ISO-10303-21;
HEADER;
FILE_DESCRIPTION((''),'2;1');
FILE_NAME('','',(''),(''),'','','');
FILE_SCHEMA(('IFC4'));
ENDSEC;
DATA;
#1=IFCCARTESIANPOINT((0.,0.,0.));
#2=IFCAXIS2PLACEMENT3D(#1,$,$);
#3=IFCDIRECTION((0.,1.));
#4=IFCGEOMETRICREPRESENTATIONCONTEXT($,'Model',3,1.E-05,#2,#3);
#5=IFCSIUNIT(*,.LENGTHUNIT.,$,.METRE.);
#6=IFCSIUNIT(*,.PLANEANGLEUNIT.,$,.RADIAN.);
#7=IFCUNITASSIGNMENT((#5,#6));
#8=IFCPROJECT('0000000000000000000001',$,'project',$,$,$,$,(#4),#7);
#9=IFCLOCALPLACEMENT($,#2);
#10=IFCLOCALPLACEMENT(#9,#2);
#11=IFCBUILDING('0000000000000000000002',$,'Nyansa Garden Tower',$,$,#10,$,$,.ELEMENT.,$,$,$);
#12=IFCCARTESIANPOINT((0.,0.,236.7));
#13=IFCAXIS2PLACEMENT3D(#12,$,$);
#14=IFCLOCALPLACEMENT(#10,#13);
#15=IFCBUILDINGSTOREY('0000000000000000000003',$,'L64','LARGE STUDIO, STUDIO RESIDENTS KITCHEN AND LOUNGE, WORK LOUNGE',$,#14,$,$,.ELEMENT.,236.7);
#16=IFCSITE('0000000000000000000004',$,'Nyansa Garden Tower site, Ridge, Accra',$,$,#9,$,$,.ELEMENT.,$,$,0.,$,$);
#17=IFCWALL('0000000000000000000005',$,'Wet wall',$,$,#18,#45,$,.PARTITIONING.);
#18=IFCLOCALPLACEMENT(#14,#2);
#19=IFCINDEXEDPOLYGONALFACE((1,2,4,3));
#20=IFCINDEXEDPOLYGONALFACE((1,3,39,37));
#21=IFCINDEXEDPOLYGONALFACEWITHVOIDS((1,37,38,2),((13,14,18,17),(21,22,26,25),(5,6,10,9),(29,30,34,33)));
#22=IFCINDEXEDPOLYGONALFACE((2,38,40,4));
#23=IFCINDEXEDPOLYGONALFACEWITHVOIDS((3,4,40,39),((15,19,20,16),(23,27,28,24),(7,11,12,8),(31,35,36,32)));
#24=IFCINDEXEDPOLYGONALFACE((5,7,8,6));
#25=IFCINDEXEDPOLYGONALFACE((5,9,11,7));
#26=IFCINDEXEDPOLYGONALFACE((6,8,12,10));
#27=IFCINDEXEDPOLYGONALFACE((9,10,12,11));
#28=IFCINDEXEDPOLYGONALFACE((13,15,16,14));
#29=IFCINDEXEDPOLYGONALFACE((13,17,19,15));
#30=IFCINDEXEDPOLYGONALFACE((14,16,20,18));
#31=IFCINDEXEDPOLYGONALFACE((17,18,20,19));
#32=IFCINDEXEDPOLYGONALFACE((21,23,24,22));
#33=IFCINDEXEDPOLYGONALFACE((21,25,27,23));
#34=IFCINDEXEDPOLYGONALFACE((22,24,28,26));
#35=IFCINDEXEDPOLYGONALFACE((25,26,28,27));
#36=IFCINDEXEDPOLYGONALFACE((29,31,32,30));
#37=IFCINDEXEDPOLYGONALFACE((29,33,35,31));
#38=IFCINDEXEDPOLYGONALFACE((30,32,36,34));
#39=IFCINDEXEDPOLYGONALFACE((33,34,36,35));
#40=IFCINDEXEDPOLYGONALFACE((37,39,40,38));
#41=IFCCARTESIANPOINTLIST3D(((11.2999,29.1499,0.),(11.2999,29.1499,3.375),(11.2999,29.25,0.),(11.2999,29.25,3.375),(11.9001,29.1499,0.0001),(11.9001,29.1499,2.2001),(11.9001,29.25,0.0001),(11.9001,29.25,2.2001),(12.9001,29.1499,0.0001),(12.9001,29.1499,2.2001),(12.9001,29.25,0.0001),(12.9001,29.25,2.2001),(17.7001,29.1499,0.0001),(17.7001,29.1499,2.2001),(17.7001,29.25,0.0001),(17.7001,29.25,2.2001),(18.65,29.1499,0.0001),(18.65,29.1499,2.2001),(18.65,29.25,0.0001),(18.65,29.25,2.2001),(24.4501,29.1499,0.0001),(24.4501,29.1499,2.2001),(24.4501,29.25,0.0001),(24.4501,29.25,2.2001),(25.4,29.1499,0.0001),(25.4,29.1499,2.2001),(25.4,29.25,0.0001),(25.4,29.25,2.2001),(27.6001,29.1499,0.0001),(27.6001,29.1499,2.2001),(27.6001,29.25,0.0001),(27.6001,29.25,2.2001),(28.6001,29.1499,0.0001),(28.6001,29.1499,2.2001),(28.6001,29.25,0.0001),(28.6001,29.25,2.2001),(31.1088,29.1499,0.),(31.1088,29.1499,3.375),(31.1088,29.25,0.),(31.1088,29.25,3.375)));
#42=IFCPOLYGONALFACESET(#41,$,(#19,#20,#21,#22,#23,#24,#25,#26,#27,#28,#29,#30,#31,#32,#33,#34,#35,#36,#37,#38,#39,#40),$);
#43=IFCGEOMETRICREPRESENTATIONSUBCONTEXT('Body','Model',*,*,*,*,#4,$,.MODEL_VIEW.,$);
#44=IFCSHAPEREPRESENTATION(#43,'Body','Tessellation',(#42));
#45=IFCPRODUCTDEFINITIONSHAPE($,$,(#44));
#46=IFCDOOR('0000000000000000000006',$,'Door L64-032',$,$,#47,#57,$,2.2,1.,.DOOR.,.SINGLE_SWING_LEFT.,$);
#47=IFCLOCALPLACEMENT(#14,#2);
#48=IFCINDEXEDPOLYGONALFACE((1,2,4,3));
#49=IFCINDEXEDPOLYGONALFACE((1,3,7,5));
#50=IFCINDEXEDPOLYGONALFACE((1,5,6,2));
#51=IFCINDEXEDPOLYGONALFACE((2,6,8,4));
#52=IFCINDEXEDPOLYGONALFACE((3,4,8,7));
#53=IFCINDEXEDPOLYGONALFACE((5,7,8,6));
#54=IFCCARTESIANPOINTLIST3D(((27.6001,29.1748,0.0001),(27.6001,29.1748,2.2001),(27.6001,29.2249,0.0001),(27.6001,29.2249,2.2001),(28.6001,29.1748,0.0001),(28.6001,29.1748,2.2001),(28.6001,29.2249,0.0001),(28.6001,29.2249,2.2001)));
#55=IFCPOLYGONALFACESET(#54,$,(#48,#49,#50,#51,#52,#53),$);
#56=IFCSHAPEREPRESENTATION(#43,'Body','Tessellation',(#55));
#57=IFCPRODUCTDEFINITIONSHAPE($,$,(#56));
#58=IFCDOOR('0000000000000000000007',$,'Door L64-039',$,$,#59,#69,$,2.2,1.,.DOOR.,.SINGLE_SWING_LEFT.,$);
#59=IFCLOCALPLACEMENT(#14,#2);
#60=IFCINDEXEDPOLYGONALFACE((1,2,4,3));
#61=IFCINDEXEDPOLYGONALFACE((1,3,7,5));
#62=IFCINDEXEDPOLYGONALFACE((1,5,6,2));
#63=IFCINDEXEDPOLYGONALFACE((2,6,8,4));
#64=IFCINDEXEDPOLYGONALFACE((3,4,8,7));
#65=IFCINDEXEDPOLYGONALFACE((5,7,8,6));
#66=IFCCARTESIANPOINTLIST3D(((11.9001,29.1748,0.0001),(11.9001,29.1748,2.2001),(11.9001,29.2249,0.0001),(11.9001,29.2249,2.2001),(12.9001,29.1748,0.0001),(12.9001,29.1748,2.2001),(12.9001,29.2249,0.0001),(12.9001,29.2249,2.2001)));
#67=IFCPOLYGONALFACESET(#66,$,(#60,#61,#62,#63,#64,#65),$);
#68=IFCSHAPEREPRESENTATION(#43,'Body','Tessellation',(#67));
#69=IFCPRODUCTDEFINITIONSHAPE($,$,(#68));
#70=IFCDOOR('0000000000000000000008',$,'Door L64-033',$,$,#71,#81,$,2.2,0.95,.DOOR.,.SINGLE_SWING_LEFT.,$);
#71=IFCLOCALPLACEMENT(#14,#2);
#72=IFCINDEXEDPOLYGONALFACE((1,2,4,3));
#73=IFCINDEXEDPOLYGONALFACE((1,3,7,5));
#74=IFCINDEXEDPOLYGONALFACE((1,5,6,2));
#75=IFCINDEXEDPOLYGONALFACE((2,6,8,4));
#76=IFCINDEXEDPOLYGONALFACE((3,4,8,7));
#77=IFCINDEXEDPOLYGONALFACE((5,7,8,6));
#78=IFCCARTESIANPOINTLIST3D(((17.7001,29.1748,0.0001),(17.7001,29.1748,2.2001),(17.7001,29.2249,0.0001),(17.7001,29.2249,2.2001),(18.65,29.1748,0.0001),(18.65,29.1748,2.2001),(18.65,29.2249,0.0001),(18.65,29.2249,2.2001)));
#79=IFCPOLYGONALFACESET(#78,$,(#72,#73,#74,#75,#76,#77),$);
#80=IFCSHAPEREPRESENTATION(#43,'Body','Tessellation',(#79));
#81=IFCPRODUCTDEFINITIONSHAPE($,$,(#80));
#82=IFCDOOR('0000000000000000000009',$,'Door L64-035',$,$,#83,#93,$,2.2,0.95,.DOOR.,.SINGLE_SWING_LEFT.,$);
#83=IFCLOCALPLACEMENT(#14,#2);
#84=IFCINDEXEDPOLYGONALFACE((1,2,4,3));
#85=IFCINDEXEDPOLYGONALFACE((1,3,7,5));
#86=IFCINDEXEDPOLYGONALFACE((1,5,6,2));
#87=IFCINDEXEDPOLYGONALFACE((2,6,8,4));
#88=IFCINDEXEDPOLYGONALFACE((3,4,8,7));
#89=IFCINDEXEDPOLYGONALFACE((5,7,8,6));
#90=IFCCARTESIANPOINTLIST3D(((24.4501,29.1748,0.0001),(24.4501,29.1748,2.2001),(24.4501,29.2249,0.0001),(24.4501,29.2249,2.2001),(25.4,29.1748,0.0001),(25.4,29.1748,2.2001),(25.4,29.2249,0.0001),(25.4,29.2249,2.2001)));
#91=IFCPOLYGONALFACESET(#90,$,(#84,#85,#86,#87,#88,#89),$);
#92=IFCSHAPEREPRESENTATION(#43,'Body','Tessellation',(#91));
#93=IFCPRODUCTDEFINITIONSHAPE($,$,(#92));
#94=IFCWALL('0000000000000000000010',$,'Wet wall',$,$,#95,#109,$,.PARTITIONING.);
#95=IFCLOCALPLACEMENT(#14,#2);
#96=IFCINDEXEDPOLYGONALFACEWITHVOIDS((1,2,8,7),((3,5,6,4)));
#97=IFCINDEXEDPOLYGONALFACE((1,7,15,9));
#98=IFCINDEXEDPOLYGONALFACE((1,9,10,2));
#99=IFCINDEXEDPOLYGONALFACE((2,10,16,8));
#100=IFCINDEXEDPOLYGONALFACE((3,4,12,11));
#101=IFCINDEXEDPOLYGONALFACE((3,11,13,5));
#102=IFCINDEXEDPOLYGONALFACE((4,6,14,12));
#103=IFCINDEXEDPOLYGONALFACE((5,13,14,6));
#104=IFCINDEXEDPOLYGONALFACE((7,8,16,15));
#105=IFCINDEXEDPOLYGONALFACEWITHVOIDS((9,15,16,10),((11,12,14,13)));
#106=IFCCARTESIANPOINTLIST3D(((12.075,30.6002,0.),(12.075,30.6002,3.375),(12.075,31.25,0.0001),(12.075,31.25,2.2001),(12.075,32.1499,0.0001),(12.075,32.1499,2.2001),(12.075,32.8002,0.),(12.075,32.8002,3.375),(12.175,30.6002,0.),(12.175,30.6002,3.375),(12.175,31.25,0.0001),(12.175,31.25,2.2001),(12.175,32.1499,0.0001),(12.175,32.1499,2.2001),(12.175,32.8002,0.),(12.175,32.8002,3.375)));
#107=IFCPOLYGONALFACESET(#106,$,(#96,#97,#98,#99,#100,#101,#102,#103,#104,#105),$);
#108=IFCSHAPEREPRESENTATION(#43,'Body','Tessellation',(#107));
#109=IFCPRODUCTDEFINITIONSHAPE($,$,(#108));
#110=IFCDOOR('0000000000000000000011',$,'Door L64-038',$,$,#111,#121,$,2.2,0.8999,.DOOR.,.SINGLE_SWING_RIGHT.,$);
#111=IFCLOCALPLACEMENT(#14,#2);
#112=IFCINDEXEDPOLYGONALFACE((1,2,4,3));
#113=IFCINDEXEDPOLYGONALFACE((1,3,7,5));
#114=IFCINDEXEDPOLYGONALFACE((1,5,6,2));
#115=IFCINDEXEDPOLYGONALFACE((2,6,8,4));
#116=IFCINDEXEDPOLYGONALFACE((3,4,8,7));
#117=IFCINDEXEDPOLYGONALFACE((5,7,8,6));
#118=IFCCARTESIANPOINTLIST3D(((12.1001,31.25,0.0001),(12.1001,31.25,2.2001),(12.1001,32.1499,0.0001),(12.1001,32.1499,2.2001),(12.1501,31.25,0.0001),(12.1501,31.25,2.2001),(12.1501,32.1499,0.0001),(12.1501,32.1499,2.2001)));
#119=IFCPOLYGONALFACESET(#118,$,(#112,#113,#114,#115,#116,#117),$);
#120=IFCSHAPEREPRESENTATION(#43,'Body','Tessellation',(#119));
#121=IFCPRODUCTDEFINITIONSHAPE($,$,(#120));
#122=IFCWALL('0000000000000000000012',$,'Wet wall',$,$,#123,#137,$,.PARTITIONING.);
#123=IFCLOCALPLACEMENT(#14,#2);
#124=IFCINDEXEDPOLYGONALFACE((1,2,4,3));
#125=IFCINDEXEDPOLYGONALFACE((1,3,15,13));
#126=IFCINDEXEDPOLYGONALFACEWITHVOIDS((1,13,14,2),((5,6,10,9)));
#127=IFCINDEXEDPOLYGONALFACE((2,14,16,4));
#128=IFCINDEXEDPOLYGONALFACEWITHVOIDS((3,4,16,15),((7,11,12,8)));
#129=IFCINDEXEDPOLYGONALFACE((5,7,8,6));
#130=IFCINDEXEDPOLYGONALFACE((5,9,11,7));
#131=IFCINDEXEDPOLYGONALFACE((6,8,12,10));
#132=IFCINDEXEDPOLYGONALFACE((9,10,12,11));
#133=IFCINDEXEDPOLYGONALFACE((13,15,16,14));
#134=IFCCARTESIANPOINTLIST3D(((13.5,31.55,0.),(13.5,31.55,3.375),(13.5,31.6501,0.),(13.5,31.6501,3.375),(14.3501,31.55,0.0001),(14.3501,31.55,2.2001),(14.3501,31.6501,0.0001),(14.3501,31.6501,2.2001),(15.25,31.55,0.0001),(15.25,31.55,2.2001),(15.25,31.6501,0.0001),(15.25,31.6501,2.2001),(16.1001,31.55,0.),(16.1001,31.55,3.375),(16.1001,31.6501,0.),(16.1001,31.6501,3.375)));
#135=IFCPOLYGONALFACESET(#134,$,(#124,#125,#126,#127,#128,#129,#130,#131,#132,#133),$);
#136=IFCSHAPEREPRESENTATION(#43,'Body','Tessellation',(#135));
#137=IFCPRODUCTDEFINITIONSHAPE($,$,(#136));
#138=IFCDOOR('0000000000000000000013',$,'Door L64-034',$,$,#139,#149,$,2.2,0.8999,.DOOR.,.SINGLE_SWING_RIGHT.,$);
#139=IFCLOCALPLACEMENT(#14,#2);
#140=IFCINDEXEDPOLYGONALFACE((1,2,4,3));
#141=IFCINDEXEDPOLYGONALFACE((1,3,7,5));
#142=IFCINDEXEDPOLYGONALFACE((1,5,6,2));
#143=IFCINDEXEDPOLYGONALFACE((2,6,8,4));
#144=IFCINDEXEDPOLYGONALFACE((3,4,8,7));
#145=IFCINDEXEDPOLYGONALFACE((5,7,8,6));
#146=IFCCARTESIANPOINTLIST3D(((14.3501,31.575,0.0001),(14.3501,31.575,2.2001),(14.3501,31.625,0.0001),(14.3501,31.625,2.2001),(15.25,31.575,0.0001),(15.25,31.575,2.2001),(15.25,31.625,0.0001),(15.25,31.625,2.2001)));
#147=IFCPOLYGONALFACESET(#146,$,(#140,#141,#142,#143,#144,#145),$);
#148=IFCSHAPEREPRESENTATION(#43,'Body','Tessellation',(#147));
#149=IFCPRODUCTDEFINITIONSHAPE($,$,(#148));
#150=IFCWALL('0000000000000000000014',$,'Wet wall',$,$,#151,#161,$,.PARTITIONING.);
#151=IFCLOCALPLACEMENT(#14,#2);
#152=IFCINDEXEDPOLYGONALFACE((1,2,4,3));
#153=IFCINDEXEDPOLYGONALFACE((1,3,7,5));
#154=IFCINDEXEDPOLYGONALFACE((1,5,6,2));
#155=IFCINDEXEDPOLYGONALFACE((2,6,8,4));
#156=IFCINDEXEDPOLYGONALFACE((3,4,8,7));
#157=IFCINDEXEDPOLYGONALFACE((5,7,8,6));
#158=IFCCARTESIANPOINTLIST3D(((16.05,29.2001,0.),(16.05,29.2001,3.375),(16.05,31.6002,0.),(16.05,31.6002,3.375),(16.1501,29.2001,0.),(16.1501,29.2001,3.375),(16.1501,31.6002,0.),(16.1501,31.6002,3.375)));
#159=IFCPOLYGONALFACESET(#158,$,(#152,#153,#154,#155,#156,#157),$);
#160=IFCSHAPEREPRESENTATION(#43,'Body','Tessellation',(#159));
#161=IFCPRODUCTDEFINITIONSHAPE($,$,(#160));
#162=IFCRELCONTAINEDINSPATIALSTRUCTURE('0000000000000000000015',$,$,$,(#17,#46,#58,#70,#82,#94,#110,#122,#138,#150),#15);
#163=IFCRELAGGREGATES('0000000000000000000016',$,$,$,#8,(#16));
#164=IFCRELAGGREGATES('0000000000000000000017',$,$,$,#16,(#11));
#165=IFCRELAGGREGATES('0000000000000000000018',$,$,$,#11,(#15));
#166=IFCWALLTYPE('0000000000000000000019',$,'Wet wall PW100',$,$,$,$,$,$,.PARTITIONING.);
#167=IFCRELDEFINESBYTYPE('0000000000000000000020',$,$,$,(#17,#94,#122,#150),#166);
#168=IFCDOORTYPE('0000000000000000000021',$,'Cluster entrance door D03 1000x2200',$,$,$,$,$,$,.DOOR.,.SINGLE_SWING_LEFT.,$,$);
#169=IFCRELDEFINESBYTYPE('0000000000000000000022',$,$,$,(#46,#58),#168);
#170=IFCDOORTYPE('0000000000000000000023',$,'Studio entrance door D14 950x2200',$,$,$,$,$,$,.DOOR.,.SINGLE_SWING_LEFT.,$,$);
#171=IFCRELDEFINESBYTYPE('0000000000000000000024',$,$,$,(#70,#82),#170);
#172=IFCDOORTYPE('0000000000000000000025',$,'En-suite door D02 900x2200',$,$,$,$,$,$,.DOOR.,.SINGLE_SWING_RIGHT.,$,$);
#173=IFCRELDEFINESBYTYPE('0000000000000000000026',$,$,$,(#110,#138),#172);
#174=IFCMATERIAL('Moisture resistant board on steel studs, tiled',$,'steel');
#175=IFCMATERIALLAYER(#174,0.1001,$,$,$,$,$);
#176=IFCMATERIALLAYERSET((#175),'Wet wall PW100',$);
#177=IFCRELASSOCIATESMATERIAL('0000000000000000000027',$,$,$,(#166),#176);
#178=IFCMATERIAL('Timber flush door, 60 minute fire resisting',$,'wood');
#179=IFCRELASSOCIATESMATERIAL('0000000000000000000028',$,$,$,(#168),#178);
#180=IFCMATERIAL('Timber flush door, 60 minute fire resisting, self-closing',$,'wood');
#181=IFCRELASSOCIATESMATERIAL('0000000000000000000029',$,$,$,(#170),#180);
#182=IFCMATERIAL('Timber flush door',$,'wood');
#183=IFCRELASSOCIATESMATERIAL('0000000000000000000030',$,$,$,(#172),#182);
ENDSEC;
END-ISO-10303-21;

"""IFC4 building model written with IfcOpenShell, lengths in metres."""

from ifc_helpers import new_model, si_unit, direction, frame, frame_2d, origin, place, context, subcontext, project, spatial, rectangle, extrude, material, layer, layer_set, type_object, element, fill, save


model = new_model("IFC4")

# Units and contexts
model_context = context("Model", 3, precision=1e-05, world=origin(), true_north=direction((0.0, 1.0)))
body_context = subcontext(model_context, "Body", "Model", "MODEL_VIEW")
ifc_project = project(units=[si_unit("LENGTHUNIT", "METRE"), si_unit("PLANEANGLEUNIT", "RADIAN")], contexts=[model_context])

# Site, building, storey
site_placement = place(None, origin())
site = spatial("IfcSite", under=ifc_project, at=site_placement, Name="Nyansa Garden Tower site, Ridge, Accra", CompositionType="ELEMENT", RefElevation=0.0)
building_placement = place(site_placement, origin())
building = spatial("IfcBuilding", under=site, at=building_placement, Name="Nyansa Garden Tower", CompositionType="ELEMENT")
storey_placement = place(building_placement, frame((0.0, 0.0, 236.7)))
storey = spatial("IfcBuildingStorey", under=building, at=storey_placement, Name="L64", Description="LARGE STUDIO, STUDIO RESIDENTS KITCHEN AND LOUNGE, WORK LOUNGE", CompositionType="ELEMENT", Elevation=236.7)

# Wall, openings, doors
ifc_material_1 = material(Name="Moisture resistant board on steel studs, tiled", Category="steel")
ifc_layer_1 = layer(ifc_material_1, 0.1001)
ifc_layer_set_1 = layer_set([ifc_layer_1], Name="Wet wall PW100")
wall_type_1 = type_object("IfcWallType", Name="Wet wall PW100", PredefinedType="PARTITIONING", material=ifc_layer_set_1)
wall_1_placement = place(storey_placement, frame((11.3, 29.2, 0.0), z_axis=(0.0, 0.0, 1.0), x_axis=(1.0, 0.0, 0.0)))
wall_1 = element("IfcWall", 1, at=wall_1_placement, inside=storey, type_object=wall_type_1, Name="Wet wall", PredefinedType="PARTITIONING", context=body_context, shape_type="SweptSolid", body=[
    extrude(rectangle(XDim=19.8088, YDim=0.1001, at=frame_2d((9.9043, 0.0))), origin(), (0.0, 0.0, 1.0), 3.375),
])
opening_1_placement = place(wall_1_placement, frame((16.3, 0.0, 0.0)))
opening_1 = element("IfcOpeningElement", 2, at=opening_1_placement, cuts=wall_1, PredefinedType="OPENING", context=body_context, shape_type="SweptSolid", body=[
    extrude(rectangle(XDim=1.0, YDim=2.2, at=frame_2d((0.5, 1.1001))), frame((0.0, 0.0601, 0.0), z_axis=(0.0, -1.0, 0.0), x_axis=(1.0, 0.0, 0.0)), (0.0, 0.0, 1.0), 0.1201),
])
opening_2_placement = place(wall_1_placement, frame((6.3999, 0.0, 0.0)))
opening_2 = element("IfcOpeningElement", 3, at=opening_2_placement, cuts=wall_1, PredefinedType="OPENING", context=body_context, shape_type="SweptSolid", body=[
    extrude(rectangle(XDim=0.95, YDim=2.2, at=frame_2d((0.4751, 1.1001))), frame((0.0, 0.0601, 0.0), z_axis=(0.0, -1.0, 0.0), x_axis=(1.0, 0.0, 0.0)), (0.0, 0.0, 1.0), 0.1201),
])
opening_3_placement = place(wall_1_placement, frame((13.1499, 0.0, 0.0)))
opening_3 = element("IfcOpeningElement", 4, at=opening_3_placement, cuts=wall_1, PredefinedType="OPENING", context=body_context, shape_type="SweptSolid", body=[
    extrude(rectangle(XDim=0.95, YDim=2.2, at=frame_2d((0.4751, 1.1001))), frame((0.0, 0.0601, 0.0), z_axis=(0.0, -1.0, 0.0), x_axis=(1.0, 0.0, 0.0)), (0.0, 0.0, 1.0), 0.1201),
])
opening_4_placement = place(wall_1_placement, frame((0.6001, 0.0, 0.0)))
opening_4 = element("IfcOpeningElement", 5, at=opening_4_placement, cuts=wall_1, PredefinedType="OPENING", context=body_context, shape_type="SweptSolid", body=[
    extrude(rectangle(XDim=1.0, YDim=2.2, at=frame_2d((0.5, 1.1001))), frame((0.0, 0.0601, 0.0), z_axis=(0.0, -1.0, 0.0), x_axis=(1.0, 0.0, 0.0)), (0.0, 0.0, 1.0), 0.1201),
])
ifc_material_2 = material(Name="Timber flush door, 60 minute fire resisting", Category="wood")
door_type_1 = type_object("IfcDoorType", Name="Cluster entrance door D03 1000x2200", OperationType="SINGLE_SWING_LEFT", PredefinedType="DOOR", material=ifc_material_2)
door_1_placement = place(opening_1_placement, origin())
door_1 = element("IfcDoor", 6, at=door_1_placement, inside=storey, type_object=door_type_1, Name="Door L64-032", OperationType="SINGLE_SWING_LEFT", OverallHeight=2.2, OverallWidth=1.0, PredefinedType="DOOR", context=body_context, shape_type="SweptSolid", body=[
    extrude(rectangle(XDim=1.0, YDim=2.2, at=frame_2d((0.5, 1.1001))), frame((0.0, 0.0249, 0.0), z_axis=(0.0, -1.0, 0.0), x_axis=(1.0, 0.0, 0.0)), (0.0, 0.0, 1.0), 0.05),
])
fill(opening_1, door_1)
door_2_placement = place(opening_4_placement, origin())
door_2 = element("IfcDoor", 7, at=door_2_placement, inside=storey, type_object=door_type_1, Name="Door L64-039", OperationType="SINGLE_SWING_LEFT", OverallHeight=2.2, OverallWidth=1.0, PredefinedType="DOOR", context=body_context, shape_type="SweptSolid", body=[
    extrude(rectangle(XDim=1.0, YDim=2.2, at=frame_2d((0.5, 1.1001))), frame((0.0, 0.0249, 0.0), z_axis=(0.0, -1.0, 0.0), x_axis=(1.0, 0.0, 0.0)), (0.0, 0.0, 1.0), 0.05),
])
fill(opening_4, door_2)
ifc_material_3 = material(Name="Timber flush door, 60 minute fire resisting, self-closing", Category="wood")
door_type_2 = type_object("IfcDoorType", Name="Studio entrance door D14 950x2200", OperationType="SINGLE_SWING_LEFT", PredefinedType="DOOR", material=ifc_material_3)
door_3_placement = place(opening_2_placement, origin())
door_3 = element("IfcDoor", 8, at=door_3_placement, inside=storey, type_object=door_type_2, Name="Door L64-033", OperationType="SINGLE_SWING_LEFT", OverallHeight=2.2, OverallWidth=0.95, PredefinedType="DOOR", context=body_context, shape_type="SweptSolid", body=[
    extrude(rectangle(XDim=0.95, YDim=2.2, at=frame_2d((0.4751, 1.1001))), frame((0.0, 0.0249, 0.0), z_axis=(0.0, -1.0, 0.0), x_axis=(1.0, 0.0, 0.0)), (0.0, 0.0, 1.0), 0.05),
])
fill(opening_2, door_3)
door_4_placement = place(opening_3_placement, origin())
door_4 = element("IfcDoor", 9, at=door_4_placement, inside=storey, type_object=door_type_2, Name="Door L64-035", OperationType="SINGLE_SWING_LEFT", OverallHeight=2.2, OverallWidth=0.95, PredefinedType="DOOR", context=body_context, shape_type="SweptSolid", body=[
    extrude(rectangle(XDim=0.95, YDim=2.2, at=frame_2d((0.4751, 1.1001))), frame((0.0, 0.0249, 0.0), z_axis=(0.0, -1.0, 0.0), x_axis=(1.0, 0.0, 0.0)), (0.0, 0.0, 1.0), 0.05),
])
fill(opening_3, door_4)

# Walls, openings, doors
wall_2_placement = place(storey_placement, frame((12.125, 30.6001, 0.0), z_axis=(0.0, 0.0, 1.0), x_axis=(0.0, 1.0, 0.0)))
wall_2 = element("IfcWall", 10, at=wall_2_placement, inside=storey, type_object=wall_type_1, Name="Wet wall", PredefinedType="PARTITIONING", context=body_context, shape_type="SweptSolid", body=[
    extrude(rectangle(XDim=2.2, YDim=0.1001, at=frame_2d((1.1001, 0.0))), origin(), (0.0, 0.0, 1.0), 3.375),
])
opening_5_placement = place(wall_2_placement, frame((0.6499, 0.0, 0.0)))
opening_5 = element("IfcOpeningElement", 11, at=opening_5_placement, cuts=wall_2, PredefinedType="OPENING", context=body_context, shape_type="SweptSolid", body=[
    extrude(rectangle(XDim=0.8999, YDim=2.2, at=frame_2d((0.45, 1.1001))), frame((0.0, 0.0601, 0.0), z_axis=(0.0, -1.0, 0.0), x_axis=(1.0, 0.0, 0.0)), (0.0, 0.0, 1.0), 0.1201),
])
ifc_material_4 = material(Name="Timber flush door", Category="wood")
door_type_3 = type_object("IfcDoorType", Name="En-suite door D02 900x2200", OperationType="SINGLE_SWING_RIGHT", PredefinedType="DOOR", material=ifc_material_4)
door_5_placement = place(opening_5_placement, origin())
door_5 = element("IfcDoor", 12, at=door_5_placement, inside=storey, type_object=door_type_3, Name="Door L64-038", OperationType="SINGLE_SWING_RIGHT", OverallHeight=2.2, OverallWidth=0.8999, PredefinedType="DOOR", context=body_context, shape_type="SweptSolid", body=[
    extrude(rectangle(XDim=0.8999, YDim=2.2, at=frame_2d((0.45, 1.1001))), frame((0.0, 0.0249, 0.0), z_axis=(0.0, -1.0, 0.0), x_axis=(1.0, 0.0, 0.0)), (0.0, 0.0, 1.0), 0.05),
])
fill(opening_5, door_5)
wall_3_placement = place(storey_placement, frame((13.5, 31.6001, 0.0), z_axis=(0.0, 0.0, 1.0), x_axis=(1.0, 0.0, 0.0)))
wall_3 = element("IfcWall", 13, at=wall_3_placement, inside=storey, type_object=wall_type_1, Name="Wet wall", PredefinedType="PARTITIONING", context=body_context, shape_type="SweptSolid", body=[
    extrude(rectangle(XDim=2.6001, YDim=0.1001, at=frame_2d((1.3, 0.0))), origin(), (0.0, 0.0, 1.0), 3.375),
])
opening_6_placement = place(wall_3_placement, frame((0.8501, 0.0, 0.0)))
opening_6 = element("IfcOpeningElement", 14, at=opening_6_placement, cuts=wall_3, PredefinedType="OPENING", context=body_context, shape_type="SweptSolid", body=[
    extrude(rectangle(XDim=0.8999, YDim=2.2, at=frame_2d((0.45, 1.1001))), frame((0.0, 0.0601, 0.0), z_axis=(0.0, -1.0, 0.0), x_axis=(1.0, 0.0, 0.0)), (0.0, 0.0, 1.0), 0.1201),
])
door_6_placement = place(opening_6_placement, origin())
door_6 = element("IfcDoor", 15, at=door_6_placement, inside=storey, type_object=door_type_3, Name="Door L64-034", OperationType="SINGLE_SWING_RIGHT", OverallHeight=2.2, OverallWidth=0.8999, PredefinedType="DOOR", context=body_context, shape_type="SweptSolid", body=[
    extrude(rectangle(XDim=0.8999, YDim=2.2, at=frame_2d((0.45, 1.1001))), frame((0.0, 0.0249, 0.0), z_axis=(0.0, -1.0, 0.0), x_axis=(1.0, 0.0, 0.0)), (0.0, 0.0, 1.0), 0.05),
])
fill(opening_6, door_6)

# Wall
wall_4_placement = place(storey_placement, frame((16.1001, 29.2, 0.0), z_axis=(0.0, 0.0, 1.0), x_axis=(0.0, 1.0, 0.0)))
element("IfcWall", 16, at=wall_4_placement, inside=storey, type_object=wall_type_1, Name="Wet wall", PredefinedType="PARTITIONING", context=body_context, shape_type="SweptSolid", body=[
    extrude(rectangle(XDim=2.4001, YDim=0.1001, at=frame_2d((1.2002, 0.0))), origin(), (0.0, 0.0, 1.0), 3.375),
])

save(model, "model.ifc")
